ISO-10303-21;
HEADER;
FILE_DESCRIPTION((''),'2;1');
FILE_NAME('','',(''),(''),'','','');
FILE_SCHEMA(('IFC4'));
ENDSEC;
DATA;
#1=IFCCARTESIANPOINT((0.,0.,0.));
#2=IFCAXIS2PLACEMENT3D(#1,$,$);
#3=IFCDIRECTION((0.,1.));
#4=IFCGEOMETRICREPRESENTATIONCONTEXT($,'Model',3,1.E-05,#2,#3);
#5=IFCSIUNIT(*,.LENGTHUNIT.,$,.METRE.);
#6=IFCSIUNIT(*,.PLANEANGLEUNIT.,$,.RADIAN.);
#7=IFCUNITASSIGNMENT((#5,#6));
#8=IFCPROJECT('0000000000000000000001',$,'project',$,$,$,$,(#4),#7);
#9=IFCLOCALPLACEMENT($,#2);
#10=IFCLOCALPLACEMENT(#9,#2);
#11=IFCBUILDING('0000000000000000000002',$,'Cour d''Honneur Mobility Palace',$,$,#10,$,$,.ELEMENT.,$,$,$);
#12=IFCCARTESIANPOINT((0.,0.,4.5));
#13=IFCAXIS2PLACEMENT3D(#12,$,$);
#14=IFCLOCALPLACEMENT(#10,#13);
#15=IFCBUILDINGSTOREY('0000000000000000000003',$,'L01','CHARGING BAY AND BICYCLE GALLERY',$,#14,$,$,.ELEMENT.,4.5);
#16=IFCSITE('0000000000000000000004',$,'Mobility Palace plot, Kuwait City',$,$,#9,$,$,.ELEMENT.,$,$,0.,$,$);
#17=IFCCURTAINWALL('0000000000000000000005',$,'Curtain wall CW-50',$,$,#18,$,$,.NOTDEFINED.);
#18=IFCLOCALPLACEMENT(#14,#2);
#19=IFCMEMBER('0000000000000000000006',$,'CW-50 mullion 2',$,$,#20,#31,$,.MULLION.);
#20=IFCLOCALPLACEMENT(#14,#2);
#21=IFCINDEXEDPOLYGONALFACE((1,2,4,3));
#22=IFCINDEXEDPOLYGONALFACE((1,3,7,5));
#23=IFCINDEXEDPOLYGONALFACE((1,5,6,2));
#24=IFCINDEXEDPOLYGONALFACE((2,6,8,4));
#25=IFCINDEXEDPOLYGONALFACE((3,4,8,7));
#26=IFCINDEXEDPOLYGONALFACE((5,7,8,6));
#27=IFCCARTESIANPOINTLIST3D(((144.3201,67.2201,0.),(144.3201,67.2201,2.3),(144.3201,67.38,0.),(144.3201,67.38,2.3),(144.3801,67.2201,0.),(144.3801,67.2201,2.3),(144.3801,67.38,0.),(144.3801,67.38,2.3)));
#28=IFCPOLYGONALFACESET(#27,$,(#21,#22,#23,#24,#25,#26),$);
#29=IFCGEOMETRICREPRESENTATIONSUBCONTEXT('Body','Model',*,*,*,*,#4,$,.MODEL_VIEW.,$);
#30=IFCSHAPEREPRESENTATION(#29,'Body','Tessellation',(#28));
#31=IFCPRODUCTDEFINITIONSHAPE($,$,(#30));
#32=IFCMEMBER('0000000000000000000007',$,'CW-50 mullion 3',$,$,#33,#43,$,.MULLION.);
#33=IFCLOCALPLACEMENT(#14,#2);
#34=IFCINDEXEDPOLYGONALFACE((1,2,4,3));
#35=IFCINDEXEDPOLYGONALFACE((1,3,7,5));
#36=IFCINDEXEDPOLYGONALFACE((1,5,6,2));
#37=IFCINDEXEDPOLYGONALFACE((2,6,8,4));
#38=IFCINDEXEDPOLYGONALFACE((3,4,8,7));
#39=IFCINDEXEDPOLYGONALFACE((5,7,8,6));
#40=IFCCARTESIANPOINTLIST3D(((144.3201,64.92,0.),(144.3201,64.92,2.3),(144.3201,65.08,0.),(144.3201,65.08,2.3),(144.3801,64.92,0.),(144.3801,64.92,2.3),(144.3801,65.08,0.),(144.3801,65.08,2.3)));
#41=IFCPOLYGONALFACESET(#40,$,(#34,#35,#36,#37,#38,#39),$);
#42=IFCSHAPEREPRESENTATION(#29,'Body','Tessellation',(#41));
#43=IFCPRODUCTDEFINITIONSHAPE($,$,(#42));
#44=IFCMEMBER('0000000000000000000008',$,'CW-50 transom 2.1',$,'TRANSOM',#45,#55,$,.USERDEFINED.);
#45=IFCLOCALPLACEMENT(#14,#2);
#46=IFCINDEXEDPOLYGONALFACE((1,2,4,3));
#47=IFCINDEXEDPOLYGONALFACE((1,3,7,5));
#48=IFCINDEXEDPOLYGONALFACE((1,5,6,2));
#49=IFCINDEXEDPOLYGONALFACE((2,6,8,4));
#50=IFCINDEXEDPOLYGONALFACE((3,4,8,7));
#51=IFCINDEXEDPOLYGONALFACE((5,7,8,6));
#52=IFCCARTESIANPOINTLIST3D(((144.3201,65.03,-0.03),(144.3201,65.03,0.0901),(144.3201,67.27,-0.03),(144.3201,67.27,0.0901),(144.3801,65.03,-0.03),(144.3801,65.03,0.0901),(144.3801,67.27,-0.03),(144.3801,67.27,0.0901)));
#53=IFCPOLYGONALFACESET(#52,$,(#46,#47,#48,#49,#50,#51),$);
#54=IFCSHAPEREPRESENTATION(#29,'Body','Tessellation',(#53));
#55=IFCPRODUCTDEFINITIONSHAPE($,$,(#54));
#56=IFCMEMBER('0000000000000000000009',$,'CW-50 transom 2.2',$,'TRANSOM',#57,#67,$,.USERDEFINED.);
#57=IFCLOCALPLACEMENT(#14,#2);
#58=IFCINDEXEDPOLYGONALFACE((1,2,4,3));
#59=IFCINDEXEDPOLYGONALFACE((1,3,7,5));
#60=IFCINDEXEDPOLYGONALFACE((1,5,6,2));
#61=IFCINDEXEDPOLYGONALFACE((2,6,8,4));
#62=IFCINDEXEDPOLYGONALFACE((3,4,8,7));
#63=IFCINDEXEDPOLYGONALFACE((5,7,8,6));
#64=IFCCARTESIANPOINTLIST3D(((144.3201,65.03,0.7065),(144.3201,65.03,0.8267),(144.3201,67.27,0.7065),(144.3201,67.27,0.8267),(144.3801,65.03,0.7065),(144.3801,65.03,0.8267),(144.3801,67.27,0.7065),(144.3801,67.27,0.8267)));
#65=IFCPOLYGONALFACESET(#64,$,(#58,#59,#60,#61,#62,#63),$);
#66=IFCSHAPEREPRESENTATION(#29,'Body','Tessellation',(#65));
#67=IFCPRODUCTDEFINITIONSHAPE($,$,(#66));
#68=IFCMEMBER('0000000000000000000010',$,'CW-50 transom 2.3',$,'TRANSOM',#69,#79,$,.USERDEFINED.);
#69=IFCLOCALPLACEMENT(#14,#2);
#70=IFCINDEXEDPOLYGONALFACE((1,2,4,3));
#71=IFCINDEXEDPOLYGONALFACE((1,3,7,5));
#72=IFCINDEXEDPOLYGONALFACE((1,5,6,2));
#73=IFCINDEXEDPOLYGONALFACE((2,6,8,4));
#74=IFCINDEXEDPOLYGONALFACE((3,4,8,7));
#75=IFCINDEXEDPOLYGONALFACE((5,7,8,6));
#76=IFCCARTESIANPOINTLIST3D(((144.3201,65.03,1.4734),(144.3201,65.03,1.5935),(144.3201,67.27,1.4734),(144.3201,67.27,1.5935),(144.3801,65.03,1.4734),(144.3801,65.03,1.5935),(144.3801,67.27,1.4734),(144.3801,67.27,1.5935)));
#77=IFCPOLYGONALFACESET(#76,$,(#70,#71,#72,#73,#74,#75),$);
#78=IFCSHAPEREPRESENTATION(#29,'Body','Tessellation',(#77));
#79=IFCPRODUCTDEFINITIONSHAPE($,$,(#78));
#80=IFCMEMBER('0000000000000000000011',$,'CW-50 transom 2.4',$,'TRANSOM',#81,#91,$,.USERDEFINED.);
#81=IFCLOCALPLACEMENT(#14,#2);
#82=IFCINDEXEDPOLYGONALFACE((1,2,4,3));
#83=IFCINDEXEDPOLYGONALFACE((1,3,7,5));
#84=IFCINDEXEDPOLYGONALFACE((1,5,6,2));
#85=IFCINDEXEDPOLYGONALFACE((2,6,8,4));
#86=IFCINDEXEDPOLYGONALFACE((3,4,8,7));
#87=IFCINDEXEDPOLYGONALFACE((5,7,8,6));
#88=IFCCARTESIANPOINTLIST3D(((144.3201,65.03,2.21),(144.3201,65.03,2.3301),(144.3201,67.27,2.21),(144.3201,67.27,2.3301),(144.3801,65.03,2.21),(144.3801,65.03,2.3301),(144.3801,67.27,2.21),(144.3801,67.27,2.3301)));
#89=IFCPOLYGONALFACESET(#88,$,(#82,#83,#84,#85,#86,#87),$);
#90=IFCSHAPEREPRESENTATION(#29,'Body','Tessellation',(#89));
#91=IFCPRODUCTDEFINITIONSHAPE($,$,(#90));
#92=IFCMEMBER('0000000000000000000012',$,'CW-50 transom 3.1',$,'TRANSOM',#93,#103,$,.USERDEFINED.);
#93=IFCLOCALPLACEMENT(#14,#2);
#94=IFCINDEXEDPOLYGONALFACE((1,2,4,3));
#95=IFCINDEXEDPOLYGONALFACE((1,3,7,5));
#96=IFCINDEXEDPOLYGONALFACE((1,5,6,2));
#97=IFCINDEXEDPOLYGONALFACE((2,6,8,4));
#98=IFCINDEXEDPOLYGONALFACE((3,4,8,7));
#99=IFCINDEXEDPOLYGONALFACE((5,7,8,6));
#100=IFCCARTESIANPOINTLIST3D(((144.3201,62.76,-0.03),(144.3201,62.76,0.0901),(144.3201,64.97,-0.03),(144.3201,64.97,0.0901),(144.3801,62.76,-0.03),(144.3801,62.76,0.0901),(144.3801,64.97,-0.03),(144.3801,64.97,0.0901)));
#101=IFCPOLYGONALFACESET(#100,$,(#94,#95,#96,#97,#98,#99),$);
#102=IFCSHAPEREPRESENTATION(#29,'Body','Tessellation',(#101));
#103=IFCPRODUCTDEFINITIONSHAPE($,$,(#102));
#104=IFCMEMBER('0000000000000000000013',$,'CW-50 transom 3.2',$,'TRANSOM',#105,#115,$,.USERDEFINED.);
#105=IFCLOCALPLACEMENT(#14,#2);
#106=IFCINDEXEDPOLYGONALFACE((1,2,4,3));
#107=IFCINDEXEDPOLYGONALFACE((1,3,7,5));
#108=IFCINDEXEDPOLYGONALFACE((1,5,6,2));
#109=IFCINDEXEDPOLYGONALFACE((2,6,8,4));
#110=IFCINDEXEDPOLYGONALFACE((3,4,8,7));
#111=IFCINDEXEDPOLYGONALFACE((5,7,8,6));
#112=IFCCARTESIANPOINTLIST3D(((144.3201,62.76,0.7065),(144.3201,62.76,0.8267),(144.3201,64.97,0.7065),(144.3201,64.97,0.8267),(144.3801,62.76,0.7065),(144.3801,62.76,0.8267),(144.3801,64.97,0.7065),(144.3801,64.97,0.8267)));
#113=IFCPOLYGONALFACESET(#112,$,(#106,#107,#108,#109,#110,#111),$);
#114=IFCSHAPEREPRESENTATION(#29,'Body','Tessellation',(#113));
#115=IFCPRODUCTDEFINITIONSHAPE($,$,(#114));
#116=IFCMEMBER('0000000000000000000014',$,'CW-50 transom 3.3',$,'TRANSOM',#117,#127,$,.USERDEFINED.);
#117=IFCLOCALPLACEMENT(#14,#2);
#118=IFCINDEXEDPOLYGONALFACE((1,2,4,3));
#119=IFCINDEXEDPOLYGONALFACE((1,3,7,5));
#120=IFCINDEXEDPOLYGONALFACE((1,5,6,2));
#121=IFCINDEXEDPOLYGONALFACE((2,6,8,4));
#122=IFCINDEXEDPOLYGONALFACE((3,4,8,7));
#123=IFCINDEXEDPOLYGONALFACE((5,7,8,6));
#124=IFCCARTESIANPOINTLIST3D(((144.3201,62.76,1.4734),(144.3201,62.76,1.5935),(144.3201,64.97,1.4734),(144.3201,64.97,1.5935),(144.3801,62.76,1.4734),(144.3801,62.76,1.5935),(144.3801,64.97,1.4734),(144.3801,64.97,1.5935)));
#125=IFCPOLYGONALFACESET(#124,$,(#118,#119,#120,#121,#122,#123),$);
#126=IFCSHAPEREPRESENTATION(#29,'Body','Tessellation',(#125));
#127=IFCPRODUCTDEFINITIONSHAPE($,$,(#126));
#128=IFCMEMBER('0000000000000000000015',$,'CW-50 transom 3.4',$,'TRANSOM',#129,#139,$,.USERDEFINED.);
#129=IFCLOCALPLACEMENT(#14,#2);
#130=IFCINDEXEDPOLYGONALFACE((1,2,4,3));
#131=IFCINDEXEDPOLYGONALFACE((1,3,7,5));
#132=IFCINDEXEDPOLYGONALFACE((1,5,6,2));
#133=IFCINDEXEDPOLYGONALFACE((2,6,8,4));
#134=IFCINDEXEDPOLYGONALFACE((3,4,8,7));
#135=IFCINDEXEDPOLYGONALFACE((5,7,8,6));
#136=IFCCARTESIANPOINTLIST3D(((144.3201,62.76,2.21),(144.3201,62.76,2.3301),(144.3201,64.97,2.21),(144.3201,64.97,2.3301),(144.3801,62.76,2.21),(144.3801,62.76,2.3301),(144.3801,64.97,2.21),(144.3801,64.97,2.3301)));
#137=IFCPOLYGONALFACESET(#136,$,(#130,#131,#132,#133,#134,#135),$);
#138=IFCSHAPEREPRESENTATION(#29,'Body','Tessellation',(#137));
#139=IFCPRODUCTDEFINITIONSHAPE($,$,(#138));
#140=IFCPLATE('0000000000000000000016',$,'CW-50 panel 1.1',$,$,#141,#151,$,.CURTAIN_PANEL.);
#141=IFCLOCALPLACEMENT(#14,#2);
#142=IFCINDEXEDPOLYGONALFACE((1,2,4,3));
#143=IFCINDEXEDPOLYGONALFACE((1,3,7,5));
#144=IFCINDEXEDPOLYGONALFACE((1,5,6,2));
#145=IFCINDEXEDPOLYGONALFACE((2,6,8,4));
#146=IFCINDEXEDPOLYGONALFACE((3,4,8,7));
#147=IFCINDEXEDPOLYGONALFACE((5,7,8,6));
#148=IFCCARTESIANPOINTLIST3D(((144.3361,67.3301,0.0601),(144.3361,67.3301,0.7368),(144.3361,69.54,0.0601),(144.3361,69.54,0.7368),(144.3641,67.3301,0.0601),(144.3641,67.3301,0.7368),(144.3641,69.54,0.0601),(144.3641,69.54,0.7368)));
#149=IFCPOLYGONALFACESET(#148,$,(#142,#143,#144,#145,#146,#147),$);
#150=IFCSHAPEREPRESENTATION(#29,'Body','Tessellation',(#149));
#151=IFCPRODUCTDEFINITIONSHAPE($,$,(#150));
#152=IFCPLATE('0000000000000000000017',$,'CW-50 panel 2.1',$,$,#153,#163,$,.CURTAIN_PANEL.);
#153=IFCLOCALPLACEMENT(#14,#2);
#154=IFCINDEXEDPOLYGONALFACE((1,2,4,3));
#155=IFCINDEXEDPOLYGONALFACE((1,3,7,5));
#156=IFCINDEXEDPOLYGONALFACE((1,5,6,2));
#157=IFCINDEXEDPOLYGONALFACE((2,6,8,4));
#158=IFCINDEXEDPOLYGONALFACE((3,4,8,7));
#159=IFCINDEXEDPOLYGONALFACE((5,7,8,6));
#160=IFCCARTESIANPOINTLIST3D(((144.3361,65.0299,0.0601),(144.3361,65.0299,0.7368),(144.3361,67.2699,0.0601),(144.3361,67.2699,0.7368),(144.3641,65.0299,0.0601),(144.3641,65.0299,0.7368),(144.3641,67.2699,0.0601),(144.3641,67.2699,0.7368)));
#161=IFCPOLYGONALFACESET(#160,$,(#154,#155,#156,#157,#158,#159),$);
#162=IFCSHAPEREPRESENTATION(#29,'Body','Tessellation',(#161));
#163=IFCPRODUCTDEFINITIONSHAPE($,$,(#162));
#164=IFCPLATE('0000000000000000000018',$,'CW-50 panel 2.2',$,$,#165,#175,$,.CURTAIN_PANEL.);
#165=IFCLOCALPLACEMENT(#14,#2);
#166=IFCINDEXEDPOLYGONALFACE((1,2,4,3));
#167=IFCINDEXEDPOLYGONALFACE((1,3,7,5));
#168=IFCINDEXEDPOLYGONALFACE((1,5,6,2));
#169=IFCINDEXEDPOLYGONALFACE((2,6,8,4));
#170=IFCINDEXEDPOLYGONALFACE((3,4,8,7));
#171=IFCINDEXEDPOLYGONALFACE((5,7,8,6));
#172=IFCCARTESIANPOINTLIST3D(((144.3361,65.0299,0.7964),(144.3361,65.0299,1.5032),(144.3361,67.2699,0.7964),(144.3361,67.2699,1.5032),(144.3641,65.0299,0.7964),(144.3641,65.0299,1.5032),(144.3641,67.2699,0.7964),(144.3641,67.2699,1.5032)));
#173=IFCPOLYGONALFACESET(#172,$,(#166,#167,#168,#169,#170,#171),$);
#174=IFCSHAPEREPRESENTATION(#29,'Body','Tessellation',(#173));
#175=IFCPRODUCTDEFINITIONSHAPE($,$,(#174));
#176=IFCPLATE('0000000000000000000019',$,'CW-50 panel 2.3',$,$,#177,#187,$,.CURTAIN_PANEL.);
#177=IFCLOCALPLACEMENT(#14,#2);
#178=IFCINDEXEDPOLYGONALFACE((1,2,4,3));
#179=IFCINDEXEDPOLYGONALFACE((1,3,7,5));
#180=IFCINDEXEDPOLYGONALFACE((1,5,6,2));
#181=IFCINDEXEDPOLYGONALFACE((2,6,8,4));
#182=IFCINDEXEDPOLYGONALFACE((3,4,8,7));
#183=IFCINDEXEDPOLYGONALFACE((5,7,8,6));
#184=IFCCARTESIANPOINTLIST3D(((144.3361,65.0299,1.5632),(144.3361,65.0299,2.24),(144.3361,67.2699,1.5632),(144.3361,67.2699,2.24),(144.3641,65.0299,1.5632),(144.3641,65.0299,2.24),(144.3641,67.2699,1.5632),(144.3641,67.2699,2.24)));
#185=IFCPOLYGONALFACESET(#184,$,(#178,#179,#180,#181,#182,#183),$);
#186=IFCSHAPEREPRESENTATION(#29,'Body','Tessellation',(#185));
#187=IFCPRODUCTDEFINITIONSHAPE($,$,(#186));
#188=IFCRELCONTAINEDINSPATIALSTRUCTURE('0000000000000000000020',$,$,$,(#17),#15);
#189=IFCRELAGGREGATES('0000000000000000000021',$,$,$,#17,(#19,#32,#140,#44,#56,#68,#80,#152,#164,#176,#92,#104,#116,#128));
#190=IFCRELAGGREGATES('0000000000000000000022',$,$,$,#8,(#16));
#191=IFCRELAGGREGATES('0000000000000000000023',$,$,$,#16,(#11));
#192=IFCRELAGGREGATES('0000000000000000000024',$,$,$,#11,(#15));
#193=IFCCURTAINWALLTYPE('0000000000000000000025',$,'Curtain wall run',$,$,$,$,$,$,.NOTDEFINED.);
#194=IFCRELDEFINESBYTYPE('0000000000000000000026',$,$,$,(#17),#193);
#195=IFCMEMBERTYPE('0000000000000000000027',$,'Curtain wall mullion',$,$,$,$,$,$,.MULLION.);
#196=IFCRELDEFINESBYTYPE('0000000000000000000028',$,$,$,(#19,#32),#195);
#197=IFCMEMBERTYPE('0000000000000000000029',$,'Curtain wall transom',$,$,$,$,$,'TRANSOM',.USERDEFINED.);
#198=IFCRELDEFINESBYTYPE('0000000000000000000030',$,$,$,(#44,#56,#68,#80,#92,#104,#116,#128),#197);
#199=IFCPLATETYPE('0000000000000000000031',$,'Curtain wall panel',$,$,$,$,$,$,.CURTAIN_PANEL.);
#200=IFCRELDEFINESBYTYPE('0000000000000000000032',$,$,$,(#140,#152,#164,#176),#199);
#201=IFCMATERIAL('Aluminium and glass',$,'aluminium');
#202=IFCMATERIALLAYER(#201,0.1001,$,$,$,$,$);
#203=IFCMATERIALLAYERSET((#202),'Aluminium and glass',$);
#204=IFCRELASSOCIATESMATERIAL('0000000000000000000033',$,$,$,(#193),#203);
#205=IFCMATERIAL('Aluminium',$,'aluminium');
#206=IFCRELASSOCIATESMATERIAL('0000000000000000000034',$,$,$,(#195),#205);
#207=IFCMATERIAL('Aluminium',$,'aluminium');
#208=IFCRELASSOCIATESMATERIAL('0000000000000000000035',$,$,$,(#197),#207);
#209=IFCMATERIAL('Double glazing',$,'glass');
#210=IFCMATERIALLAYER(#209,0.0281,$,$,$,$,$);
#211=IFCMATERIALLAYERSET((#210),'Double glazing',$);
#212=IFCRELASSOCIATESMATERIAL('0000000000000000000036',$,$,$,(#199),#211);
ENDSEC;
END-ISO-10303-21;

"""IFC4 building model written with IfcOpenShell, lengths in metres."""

from ifc_helpers import new_model, si_unit, direction, frame, origin, origin_2d, place, context, subcontext, project, spatial, rectangle, extrude, material, layer, layer_set, material_profile, profile_set, type_object, element, aggregate, save


model = new_model("IFC4")

# Units and contexts
model_context = context("Model", 3, precision=1e-05, world=origin(), true_north=direction((0.0, 1.0)))
body_context = subcontext(model_context, "Body", "Model", "MODEL_VIEW")
ifc_project = project(units=[si_unit("LENGTHUNIT", "METRE"), si_unit("PLANEANGLEUNIT", "RADIAN")], contexts=[model_context])

# Site, building, storey
site_placement = place(None, origin())
site = spatial("IfcSite", under=ifc_project, at=site_placement, Name="Mobility Palace plot, Kuwait City", CompositionType="ELEMENT", RefElevation=0.0)
building_placement = place(site_placement, origin())
building = spatial("IfcBuilding", under=site, at=building_placement, Name="Cour d'Honneur Mobility Palace", CompositionType="ELEMENT")
storey_placement = place(building_placement, frame((0.0, 0.0, 4.5)))
storey = spatial("IfcBuildingStorey", under=building, at=storey_placement, Name="L01", Description="CHARGING BAY AND BICYCLE GALLERY", CompositionType="ELEMENT", Elevation=4.5)

# Curtain wall, members, plates
ifc_material_1 = material(Name="Aluminium and glass", Category="aluminium")
ifc_layer_1 = layer(ifc_material_1, 0.1001)
ifc_layer_set_1 = layer_set([ifc_layer_1], Name="Aluminium and glass")
curtain_wall_type = type_object("IfcCurtainWallType", Name="Curtain wall run", PredefinedType="NOTDEFINED", material=ifc_layer_set_1)
curtain_wall_placement = place(storey_placement, origin())
curtain_wall = element("IfcCurtainWall", 1, at=curtain_wall_placement, inside=storey, type_object=curtain_wall_type, Name="Curtain wall CW-50", PredefinedType="NOTDEFINED")
ifc_material_2 = material(Name="Aluminium", Category="aluminium")
ifc_material_profile_1 = material_profile(ifc_material_2, rectangle(XDim=0.0601, YDim=0.1599, at=origin_2d()), Name="Curtain wall mullion")
ifc_profile_set_1 = profile_set([ifc_material_profile_1], Name="Aluminium")
member_type_1 = type_object("IfcMemberType", Name="Curtain wall mullion", PredefinedType="MULLION", material=ifc_profile_set_1)
member_1_placement = place(storey_placement, frame((144.3501, 67.3, 0.0), z_axis=(0.0, 0.0, 1.0), x_axis=(1.0, 0.0, 0.0)))
member_1 = element("IfcMember", 2, at=member_1_placement, type_object=member_type_1, Name="CW-50 mullion 2", PredefinedType="MULLION", context=body_context, shape_type="SweptSolid", body=[
    extrude(rectangle(XDim=0.0601, YDim=0.1599, at=origin_2d()), origin(), (0.0, 0.0, 1.0), 2.3),
])
member_2_placement = place(storey_placement, frame((144.3501, 65.0, 0.0), z_axis=(0.0, 0.0, 1.0), x_axis=(1.0, 0.0, 0.0)))
member_2 = element("IfcMember", 3, at=member_2_placement, type_object=member_type_1, Name="CW-50 mullion 3", PredefinedType="MULLION", context=body_context, shape_type="SweptSolid", body=[
    extrude(rectangle(XDim=0.0601, YDim=0.1599, at=origin_2d()), origin(), (0.0, 0.0, 1.0), 2.3),
])
ifc_material_3 = material(Name="Aluminium", Category="aluminium")
ifc_material_profile_2 = material_profile(ifc_material_3, rectangle(XDim=0.0601, YDim=0.1201, at=origin_2d()), Name="Curtain wall transom")
ifc_profile_set_2 = profile_set([ifc_material_profile_2], Name="Aluminium")
member_type_2 = type_object("IfcMemberType", Name="Curtain wall transom", ElementType="TRANSOM", PredefinedType="USERDEFINED", material=ifc_profile_set_2)
member_3_placement = place(storey_placement, frame((144.3501, 67.27, 0.03), z_axis=(0.0, -1.0, 0.0), x_axis=(1.0, 0.0, 0.0)))
member_3 = element("IfcMember", 4, at=member_3_placement, type_object=member_type_2, Name="CW-50 transom 2.1", ObjectType="TRANSOM", PredefinedType="USERDEFINED", context=body_context, shape_type="SweptSolid", body=[
    extrude(rectangle(XDim=0.0601, YDim=0.1201, at=origin_2d()), origin(), (0.0, 0.0, 1.0), 2.24),
])
member_4_placement = place(storey_placement, frame((144.3501, 67.27, 0.7666), z_axis=(0.0, -1.0, 0.0), x_axis=(1.0, 0.0, 0.0)))
member_4 = element("IfcMember", 5, at=member_4_placement, type_object=member_type_2, Name="CW-50 transom 2.2", ObjectType="TRANSOM", PredefinedType="USERDEFINED", context=body_context, shape_type="SweptSolid", body=[
    extrude(rectangle(XDim=0.0601, YDim=0.1201, at=origin_2d()), origin(), (0.0, 0.0, 1.0), 2.24),
])
member_5_placement = place(storey_placement, frame((144.3501, 67.27, 1.5334), z_axis=(0.0, -1.0, 0.0), x_axis=(1.0, 0.0, 0.0)))
member_5 = element("IfcMember", 6, at=member_5_placement, type_object=member_type_2, Name="CW-50 transom 2.3", ObjectType="TRANSOM", PredefinedType="USERDEFINED", context=body_context, shape_type="SweptSolid", body=[
    extrude(rectangle(XDim=0.0601, YDim=0.1201, at=origin_2d()), origin(), (0.0, 0.0, 1.0), 2.24),
])
member_6_placement = place(storey_placement, frame((144.3501, 67.27, 2.27), z_axis=(0.0, -1.0, 0.0), x_axis=(1.0, 0.0, 0.0)))
member_6 = element("IfcMember", 7, at=member_6_placement, type_object=member_type_2, Name="CW-50 transom 2.4", ObjectType="TRANSOM", PredefinedType="USERDEFINED", context=body_context, shape_type="SweptSolid", body=[
    extrude(rectangle(XDim=0.0601, YDim=0.1201, at=origin_2d()), origin(), (0.0, 0.0, 1.0), 2.24),
])
member_7_placement = place(storey_placement, frame((144.3501, 64.97, 0.03), z_axis=(0.0, -1.0, 0.0), x_axis=(1.0, 0.0, 0.0)))
member_7 = element("IfcMember", 8, at=member_7_placement, type_object=member_type_2, Name="CW-50 transom 3.1", ObjectType="TRANSOM", PredefinedType="USERDEFINED", context=body_context, shape_type="SweptSolid", body=[
    extrude(rectangle(XDim=0.0601, YDim=0.1201, at=origin_2d()), origin(), (0.0, 0.0, 1.0), 2.21),
])
member_8_placement = place(storey_placement, frame((144.3501, 64.97, 0.7666), z_axis=(0.0, -1.0, 0.0), x_axis=(1.0, 0.0, 0.0)))
member_8 = element("IfcMember", 9, at=member_8_placement, type_object=member_type_2, Name="CW-50 transom 3.2", ObjectType="TRANSOM", PredefinedType="USERDEFINED", context=body_context, shape_type="SweptSolid", body=[
    extrude(rectangle(XDim=0.0601, YDim=0.1201, at=origin_2d()), origin(), (0.0, 0.0, 1.0), 2.21),
])
member_9_placement = place(storey_placement, frame((144.3501, 64.97, 1.5334), z_axis=(0.0, -1.0, 0.0), x_axis=(1.0, 0.0, 0.0)))
member_9 = element("IfcMember", 10, at=member_9_placement, type_object=member_type_2, Name="CW-50 transom 3.3", ObjectType="TRANSOM", PredefinedType="USERDEFINED", context=body_context, shape_type="SweptSolid", body=[
    extrude(rectangle(XDim=0.0601, YDim=0.1201, at=origin_2d()), origin(), (0.0, 0.0, 1.0), 2.21),
])
member_10_placement = place(storey_placement, frame((144.3501, 64.97, 2.27), z_axis=(0.0, -1.0, 0.0), x_axis=(1.0, 0.0, 0.0)))
member_10 = element("IfcMember", 11, at=member_10_placement, type_object=member_type_2, Name="CW-50 transom 3.4", ObjectType="TRANSOM", PredefinedType="USERDEFINED", context=body_context, shape_type="SweptSolid", body=[
    extrude(rectangle(XDim=0.0601, YDim=0.1201, at=origin_2d()), origin(), (0.0, 0.0, 1.0), 2.21),
])
ifc_material_4 = material(Name="Double glazing", Category="glass")
ifc_layer_2 = layer(ifc_material_4, 0.0281)
ifc_layer_set_2 = layer_set([ifc_layer_2], Name="Double glazing")
plate_type = type_object("IfcPlateType", Name="Curtain wall panel", PredefinedType="CURTAIN_PANEL", material=ifc_layer_set_2)
plate_1_placement = place(storey_placement, frame((144.3501, 68.4351, 0.0601), z_axis=(0.0, 0.0, 1.0), x_axis=(0.0, -1.0, 0.0)))
plate_1 = element("IfcPlate", 12, at=plate_1_placement, type_object=plate_type, Name="CW-50 panel 1.1", PredefinedType="CURTAIN_PANEL", context=body_context, shape_type="SweptSolid", body=[
    extrude(rectangle(XDim=2.21, YDim=0.0281, at=origin_2d()), origin(), (0.0, 0.0, 1.0), 0.6768),
])
plate_2_placement = place(storey_placement, frame((144.3501, 66.1499, 0.0601), z_axis=(0.0, 0.0, 1.0), x_axis=(0.0, -1.0, 0.0)))
plate_2 = element("IfcPlate", 13, at=plate_2_placement, type_object=plate_type, Name="CW-50 panel 2.1", PredefinedType="CURTAIN_PANEL", context=body_context, shape_type="SweptSolid", body=[
    extrude(rectangle(XDim=2.24, YDim=0.0281, at=origin_2d()), origin(), (0.0, 0.0, 1.0), 0.6768),
])
plate_3_placement = place(storey_placement, frame((144.3501, 66.1499, 0.7964), z_axis=(0.0, 0.0, 1.0), x_axis=(0.0, -1.0, 0.0)))
plate_3 = element("IfcPlate", 14, at=plate_3_placement, type_object=plate_type, Name="CW-50 panel 2.2", PredefinedType="CURTAIN_PANEL", context=body_context, shape_type="SweptSolid", body=[
    extrude(rectangle(XDim=2.24, YDim=0.0281, at=origin_2d()), origin(), (0.0, 0.0, 1.0), 0.7068),
])
plate_4_placement = place(storey_placement, frame((144.3501, 66.1499, 1.5632), z_axis=(0.0, 0.0, 1.0), x_axis=(0.0, -1.0, 0.0)))
plate_4 = element("IfcPlate", 15, at=plate_4_placement, type_object=plate_type, Name="CW-50 panel 2.3", PredefinedType="CURTAIN_PANEL", context=body_context, shape_type="SweptSolid", body=[
    extrude(rectangle(XDim=2.24, YDim=0.0281, at=origin_2d()), origin(), (0.0, 0.0, 1.0), 0.6768),
])
aggregate(curtain_wall, [member_1, member_2, plate_1, member_3, member_4, member_5, member_6, plate_2, plate_3, plate_4, member_7, member_8, member_9, member_10])

save(model, "model.ifc")
